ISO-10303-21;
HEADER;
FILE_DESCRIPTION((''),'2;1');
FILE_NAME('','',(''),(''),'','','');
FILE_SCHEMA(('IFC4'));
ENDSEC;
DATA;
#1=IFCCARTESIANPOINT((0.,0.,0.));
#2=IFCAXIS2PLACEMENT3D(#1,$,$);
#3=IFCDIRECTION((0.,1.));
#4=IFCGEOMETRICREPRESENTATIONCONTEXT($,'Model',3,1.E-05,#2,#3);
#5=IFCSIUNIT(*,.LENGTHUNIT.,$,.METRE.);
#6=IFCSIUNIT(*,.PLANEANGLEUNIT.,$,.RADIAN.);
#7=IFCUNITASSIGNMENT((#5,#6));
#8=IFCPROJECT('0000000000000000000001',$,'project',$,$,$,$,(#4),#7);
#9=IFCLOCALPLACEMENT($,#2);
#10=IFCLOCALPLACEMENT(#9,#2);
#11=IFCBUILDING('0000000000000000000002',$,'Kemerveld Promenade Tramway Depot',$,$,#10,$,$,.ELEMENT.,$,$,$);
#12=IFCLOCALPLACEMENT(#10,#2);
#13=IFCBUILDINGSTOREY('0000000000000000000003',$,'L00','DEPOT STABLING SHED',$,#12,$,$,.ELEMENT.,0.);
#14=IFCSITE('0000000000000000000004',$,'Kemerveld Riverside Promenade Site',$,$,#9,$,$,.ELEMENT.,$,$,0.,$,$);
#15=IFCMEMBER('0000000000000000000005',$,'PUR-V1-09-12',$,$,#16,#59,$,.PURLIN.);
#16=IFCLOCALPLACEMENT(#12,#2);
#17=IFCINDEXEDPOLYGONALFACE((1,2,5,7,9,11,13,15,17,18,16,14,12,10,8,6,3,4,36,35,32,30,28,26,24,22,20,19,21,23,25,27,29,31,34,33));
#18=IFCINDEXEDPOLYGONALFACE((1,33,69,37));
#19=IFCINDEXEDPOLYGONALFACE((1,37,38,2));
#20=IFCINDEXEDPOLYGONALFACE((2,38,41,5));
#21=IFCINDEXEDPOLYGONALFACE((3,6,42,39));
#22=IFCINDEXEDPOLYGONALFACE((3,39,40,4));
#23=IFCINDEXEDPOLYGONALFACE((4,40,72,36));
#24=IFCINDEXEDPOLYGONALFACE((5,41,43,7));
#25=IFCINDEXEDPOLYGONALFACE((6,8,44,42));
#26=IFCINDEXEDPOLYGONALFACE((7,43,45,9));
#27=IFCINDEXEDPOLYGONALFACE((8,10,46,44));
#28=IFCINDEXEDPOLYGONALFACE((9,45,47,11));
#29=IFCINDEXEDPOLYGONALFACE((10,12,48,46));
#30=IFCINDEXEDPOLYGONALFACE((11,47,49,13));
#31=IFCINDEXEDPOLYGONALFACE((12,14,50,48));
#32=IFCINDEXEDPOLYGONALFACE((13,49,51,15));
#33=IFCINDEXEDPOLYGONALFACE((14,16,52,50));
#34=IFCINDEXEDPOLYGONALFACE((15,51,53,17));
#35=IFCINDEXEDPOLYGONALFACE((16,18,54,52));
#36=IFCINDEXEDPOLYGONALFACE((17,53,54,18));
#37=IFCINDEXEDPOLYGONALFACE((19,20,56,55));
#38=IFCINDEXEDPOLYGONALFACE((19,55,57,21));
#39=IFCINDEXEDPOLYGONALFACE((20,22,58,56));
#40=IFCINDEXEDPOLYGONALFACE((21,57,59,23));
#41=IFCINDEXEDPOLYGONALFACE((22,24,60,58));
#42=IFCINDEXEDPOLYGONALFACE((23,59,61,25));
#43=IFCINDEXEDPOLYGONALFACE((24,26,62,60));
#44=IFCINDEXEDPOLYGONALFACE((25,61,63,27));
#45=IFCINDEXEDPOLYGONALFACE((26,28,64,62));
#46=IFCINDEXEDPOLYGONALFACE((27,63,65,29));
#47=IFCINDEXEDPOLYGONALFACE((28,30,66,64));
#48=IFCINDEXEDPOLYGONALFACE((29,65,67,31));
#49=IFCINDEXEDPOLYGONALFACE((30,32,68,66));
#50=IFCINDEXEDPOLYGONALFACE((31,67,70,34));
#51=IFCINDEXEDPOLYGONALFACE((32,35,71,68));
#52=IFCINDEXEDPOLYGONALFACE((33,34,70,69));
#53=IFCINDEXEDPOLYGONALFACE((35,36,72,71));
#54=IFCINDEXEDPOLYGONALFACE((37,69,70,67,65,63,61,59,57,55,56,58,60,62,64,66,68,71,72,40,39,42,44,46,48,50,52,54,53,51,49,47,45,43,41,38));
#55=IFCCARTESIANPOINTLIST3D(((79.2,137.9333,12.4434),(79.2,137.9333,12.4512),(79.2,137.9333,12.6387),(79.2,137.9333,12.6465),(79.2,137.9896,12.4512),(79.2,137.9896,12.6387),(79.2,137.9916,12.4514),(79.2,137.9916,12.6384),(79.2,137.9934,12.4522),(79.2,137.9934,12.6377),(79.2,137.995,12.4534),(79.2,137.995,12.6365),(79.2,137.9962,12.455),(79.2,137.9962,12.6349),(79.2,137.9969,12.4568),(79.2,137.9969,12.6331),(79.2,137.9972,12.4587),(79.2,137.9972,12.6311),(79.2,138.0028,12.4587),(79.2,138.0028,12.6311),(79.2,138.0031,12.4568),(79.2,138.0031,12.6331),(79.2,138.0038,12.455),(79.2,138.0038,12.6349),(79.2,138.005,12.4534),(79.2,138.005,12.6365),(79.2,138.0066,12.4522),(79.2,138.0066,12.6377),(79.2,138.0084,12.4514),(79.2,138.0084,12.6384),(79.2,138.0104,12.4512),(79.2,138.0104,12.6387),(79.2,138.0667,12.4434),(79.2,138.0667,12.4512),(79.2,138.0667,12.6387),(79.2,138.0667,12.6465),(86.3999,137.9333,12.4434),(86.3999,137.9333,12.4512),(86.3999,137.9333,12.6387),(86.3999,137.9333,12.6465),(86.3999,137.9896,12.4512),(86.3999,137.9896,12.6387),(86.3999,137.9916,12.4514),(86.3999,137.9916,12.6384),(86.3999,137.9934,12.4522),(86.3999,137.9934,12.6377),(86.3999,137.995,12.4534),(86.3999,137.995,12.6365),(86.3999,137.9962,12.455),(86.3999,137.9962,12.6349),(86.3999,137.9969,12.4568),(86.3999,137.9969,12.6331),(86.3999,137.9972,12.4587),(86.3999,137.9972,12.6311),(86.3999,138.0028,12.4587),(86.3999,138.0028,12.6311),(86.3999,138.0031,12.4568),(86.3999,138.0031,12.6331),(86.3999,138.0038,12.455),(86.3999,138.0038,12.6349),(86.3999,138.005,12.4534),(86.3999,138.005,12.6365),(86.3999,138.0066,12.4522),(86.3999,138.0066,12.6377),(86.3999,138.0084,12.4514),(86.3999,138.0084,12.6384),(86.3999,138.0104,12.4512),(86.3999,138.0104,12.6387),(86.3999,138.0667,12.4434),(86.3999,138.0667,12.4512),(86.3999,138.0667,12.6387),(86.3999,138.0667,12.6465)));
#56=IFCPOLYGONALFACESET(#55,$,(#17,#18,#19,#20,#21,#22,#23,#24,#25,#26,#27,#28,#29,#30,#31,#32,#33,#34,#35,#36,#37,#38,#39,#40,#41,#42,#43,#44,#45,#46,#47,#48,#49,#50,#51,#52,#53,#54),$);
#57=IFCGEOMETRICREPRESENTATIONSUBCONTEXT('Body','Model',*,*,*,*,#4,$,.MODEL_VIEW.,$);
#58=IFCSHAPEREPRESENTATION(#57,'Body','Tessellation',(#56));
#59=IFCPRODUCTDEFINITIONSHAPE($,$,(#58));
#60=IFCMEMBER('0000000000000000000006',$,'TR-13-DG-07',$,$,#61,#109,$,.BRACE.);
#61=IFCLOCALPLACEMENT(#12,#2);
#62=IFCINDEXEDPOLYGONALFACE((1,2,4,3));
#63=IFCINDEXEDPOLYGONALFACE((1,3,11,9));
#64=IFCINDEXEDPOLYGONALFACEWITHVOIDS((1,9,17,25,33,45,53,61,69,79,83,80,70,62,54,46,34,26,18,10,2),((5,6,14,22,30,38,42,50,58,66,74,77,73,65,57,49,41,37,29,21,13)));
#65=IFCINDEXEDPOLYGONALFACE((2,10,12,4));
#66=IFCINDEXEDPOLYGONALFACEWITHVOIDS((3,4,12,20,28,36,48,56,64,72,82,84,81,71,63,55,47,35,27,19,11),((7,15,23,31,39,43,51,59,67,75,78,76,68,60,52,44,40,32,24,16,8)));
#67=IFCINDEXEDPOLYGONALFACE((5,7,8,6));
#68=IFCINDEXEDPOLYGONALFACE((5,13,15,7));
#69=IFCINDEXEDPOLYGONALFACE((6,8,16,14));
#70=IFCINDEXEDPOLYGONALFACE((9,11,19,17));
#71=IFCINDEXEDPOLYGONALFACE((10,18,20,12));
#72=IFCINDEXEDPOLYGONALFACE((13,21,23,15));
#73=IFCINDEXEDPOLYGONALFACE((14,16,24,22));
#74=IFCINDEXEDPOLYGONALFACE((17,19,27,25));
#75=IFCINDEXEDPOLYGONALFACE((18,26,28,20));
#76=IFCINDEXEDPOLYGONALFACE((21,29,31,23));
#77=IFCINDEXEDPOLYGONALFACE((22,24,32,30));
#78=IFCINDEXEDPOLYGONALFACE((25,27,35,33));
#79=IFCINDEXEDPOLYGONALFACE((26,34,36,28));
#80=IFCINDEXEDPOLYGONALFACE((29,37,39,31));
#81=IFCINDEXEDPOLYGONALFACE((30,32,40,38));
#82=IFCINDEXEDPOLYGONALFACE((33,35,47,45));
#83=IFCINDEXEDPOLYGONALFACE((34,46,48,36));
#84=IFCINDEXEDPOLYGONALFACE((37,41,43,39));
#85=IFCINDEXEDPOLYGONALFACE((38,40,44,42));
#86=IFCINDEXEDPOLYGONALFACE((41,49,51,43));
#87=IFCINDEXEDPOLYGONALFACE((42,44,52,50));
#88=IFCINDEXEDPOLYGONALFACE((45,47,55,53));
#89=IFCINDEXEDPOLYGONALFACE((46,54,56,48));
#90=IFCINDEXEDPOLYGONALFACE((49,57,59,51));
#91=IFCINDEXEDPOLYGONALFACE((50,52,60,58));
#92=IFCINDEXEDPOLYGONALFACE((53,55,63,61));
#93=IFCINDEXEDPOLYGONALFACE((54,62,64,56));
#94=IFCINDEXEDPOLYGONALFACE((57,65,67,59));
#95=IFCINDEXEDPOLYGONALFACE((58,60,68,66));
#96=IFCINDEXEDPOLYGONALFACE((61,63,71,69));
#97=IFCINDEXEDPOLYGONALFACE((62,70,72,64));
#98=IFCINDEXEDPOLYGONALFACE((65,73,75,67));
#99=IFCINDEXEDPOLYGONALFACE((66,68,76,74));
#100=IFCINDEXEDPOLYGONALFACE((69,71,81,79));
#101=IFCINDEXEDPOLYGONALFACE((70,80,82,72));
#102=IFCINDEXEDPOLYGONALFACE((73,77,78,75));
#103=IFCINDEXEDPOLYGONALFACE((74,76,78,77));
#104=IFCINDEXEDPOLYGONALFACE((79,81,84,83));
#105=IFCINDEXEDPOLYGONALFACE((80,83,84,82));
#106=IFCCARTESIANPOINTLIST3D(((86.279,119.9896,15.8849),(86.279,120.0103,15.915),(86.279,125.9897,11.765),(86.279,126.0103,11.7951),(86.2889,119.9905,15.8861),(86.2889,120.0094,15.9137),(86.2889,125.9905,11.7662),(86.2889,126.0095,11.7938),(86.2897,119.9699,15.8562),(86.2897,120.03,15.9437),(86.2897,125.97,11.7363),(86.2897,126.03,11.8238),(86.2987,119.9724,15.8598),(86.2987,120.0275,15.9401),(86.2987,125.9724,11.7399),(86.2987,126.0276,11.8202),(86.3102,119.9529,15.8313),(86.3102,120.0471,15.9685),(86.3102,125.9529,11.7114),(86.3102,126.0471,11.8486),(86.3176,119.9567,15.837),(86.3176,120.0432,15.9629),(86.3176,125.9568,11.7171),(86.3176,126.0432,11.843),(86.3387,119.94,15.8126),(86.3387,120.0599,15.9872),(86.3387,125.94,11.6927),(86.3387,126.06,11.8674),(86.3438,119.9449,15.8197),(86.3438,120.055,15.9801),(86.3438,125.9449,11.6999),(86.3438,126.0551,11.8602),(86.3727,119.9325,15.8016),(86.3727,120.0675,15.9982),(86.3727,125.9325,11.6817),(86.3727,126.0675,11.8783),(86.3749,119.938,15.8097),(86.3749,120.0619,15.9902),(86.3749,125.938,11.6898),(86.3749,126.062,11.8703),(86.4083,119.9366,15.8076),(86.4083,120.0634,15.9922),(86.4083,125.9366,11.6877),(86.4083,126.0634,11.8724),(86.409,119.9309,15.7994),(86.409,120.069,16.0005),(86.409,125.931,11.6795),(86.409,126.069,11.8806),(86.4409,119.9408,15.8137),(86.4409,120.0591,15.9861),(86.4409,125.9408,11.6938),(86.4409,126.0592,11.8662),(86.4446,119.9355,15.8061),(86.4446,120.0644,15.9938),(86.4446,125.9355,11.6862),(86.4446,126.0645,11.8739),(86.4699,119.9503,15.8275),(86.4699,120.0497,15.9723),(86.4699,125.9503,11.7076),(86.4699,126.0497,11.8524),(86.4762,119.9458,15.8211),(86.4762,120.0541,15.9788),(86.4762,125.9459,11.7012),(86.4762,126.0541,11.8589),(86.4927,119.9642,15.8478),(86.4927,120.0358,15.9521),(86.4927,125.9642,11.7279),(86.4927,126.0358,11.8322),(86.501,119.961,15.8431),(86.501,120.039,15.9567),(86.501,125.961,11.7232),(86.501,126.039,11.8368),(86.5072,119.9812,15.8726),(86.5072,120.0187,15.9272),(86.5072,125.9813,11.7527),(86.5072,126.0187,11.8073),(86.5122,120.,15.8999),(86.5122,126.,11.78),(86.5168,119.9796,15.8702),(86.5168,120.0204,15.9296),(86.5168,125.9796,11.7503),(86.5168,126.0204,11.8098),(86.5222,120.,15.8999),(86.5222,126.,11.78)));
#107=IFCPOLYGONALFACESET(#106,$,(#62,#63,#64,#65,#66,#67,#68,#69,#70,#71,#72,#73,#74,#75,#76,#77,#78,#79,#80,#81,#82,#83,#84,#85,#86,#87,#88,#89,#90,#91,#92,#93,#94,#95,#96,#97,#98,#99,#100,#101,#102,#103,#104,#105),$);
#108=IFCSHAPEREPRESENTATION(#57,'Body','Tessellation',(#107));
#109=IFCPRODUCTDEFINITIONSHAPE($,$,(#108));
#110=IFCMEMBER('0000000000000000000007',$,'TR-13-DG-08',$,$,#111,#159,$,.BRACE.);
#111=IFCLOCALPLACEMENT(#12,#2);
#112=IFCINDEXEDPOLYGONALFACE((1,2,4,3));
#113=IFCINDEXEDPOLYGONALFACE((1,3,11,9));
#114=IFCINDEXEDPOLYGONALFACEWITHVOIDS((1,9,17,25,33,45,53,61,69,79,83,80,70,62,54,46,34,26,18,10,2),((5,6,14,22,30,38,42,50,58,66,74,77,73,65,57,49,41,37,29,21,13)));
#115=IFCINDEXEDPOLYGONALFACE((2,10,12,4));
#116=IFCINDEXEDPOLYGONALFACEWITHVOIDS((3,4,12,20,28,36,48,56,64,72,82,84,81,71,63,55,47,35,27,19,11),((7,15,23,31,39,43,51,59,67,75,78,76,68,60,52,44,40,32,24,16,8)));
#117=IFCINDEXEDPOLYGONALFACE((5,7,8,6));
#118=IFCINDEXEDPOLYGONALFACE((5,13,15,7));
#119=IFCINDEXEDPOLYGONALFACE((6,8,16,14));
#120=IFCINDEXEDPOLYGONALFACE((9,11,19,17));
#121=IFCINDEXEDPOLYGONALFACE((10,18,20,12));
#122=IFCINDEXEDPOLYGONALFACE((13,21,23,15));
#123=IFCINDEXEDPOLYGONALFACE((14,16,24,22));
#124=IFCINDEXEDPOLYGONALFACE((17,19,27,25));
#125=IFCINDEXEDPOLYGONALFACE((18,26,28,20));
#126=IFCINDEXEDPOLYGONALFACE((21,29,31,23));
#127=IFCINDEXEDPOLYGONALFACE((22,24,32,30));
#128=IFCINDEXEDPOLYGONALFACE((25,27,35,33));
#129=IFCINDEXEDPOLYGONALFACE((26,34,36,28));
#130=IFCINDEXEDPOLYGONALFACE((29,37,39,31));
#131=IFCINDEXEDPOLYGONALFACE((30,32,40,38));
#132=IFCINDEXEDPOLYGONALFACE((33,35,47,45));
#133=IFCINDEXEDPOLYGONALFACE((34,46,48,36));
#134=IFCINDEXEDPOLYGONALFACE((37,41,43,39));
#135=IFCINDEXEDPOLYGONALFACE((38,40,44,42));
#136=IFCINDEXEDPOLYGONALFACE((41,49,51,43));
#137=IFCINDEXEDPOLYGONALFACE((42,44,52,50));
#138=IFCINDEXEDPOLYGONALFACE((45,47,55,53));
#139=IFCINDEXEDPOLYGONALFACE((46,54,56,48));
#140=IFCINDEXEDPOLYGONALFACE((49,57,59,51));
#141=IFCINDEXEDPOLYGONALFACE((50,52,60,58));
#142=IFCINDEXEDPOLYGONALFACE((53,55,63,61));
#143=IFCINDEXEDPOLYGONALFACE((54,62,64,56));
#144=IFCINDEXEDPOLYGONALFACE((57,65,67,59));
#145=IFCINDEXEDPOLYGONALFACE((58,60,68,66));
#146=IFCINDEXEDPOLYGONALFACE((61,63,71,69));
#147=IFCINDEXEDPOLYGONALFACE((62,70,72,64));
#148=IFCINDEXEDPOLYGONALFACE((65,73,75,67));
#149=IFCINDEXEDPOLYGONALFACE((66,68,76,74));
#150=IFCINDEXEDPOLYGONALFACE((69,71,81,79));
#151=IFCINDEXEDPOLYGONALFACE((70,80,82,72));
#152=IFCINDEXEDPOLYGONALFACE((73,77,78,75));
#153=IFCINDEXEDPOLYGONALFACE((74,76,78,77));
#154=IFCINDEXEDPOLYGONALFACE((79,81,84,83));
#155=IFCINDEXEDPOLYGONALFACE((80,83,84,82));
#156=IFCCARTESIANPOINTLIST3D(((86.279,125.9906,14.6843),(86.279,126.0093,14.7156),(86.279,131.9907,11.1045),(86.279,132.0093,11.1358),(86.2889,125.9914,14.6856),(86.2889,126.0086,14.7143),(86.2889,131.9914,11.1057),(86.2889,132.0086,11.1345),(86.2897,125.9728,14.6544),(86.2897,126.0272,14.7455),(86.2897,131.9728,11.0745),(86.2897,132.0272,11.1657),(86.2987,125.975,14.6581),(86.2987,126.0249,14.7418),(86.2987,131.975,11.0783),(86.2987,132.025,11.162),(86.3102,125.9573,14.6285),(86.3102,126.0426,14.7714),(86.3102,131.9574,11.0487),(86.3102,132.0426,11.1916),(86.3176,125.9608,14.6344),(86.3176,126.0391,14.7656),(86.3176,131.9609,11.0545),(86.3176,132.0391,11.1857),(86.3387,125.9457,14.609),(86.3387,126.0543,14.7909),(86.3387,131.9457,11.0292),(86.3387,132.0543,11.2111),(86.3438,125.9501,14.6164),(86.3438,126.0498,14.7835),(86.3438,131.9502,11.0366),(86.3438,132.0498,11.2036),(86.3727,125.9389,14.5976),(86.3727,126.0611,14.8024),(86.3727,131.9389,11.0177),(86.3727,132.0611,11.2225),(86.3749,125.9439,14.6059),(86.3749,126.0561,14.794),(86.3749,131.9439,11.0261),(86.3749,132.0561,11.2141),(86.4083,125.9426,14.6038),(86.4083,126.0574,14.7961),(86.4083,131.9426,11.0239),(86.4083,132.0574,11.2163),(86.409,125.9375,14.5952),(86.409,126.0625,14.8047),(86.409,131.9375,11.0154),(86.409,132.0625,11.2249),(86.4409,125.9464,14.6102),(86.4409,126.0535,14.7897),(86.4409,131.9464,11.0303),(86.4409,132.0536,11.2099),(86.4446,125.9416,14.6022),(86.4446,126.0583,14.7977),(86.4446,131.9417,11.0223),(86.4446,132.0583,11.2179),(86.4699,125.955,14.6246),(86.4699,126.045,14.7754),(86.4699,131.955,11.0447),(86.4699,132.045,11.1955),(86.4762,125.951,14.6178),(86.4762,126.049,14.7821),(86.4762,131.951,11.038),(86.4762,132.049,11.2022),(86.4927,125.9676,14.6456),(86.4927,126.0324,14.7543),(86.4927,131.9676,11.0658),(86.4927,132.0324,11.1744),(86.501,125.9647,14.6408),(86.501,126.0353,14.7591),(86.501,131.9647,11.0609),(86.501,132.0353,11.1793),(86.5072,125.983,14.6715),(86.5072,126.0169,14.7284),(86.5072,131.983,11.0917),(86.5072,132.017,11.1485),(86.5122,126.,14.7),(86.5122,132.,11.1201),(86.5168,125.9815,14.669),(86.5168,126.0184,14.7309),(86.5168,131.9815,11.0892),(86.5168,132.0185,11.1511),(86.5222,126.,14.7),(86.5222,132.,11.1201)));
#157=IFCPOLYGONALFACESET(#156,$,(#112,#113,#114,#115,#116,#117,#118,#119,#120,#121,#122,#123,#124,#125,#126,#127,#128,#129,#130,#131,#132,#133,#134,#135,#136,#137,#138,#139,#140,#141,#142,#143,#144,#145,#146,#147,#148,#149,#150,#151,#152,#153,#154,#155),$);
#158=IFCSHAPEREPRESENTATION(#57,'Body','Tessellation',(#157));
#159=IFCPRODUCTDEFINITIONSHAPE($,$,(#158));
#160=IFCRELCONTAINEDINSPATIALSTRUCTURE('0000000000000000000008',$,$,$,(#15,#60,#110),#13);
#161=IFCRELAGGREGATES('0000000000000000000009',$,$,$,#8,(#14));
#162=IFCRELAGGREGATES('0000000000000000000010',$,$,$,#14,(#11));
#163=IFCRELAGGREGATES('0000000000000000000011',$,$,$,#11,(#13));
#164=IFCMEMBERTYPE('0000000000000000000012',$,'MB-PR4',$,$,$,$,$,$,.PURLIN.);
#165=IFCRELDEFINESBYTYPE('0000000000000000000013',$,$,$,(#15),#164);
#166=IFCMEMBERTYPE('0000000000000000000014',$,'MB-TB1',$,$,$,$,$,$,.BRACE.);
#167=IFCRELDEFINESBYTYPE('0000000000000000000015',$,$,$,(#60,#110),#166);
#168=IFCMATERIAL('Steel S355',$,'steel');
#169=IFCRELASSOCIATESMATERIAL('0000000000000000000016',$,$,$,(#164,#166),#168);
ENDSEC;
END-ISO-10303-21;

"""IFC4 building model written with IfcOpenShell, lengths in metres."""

from ifc_helpers import new_model, si_unit, direction, frame, origin, origin_2d, place, context, subcontext, project, spatial, hollow_circle, i_section, extrude, material, material_profile, profile_set, type_object, element, save


model = new_model("IFC4")

# Units and contexts
model_context = context("Model", 3, precision=1e-05, world=origin(), true_north=direction((0.0, 1.0)))
body_context = subcontext(model_context, "Body", "Model", "MODEL_VIEW")
ifc_project = project(units=[si_unit("LENGTHUNIT", "METRE"), si_unit("PLANEANGLEUNIT", "RADIAN")], contexts=[model_context])

# Site, building, storey
site_placement = place(None, origin())
site = spatial("IfcSite", under=ifc_project, at=site_placement, Name="Kemerveld Riverside Promenade Site", CompositionType="ELEMENT", RefElevation=0.0)
building_placement = place(site_placement, origin())
building = spatial("IfcBuilding", under=site, at=building_placement, Name="Kemerveld Promenade Tramway Depot", CompositionType="ELEMENT")
storey_placement = place(building_placement, origin())
storey = spatial("IfcBuildingStorey", under=building, at=storey_placement, Name="L00", Description="DEPOT STABLING SHED", CompositionType="ELEMENT", Elevation=0.0)

# Members
ifc_material_1 = material(Name="Steel S355", Category="steel")
ifc_material_profile_1 = material_profile(ifc_material_1, i_section(OverallWidth=0.1333, OverallDepth=0.2031, WebThickness=0.0056, FlangeThickness=0.0078, FilletRadius=0.0076, at=origin_2d()), Name="203x133x25 UB")
ifc_profile_set_1 = profile_set([ifc_material_profile_1], Name="Steel S355")
member_type_1 = type_object("IfcMemberType", Name="MB-PR4", PredefinedType="PURLIN", material=ifc_profile_set_1)
member_1_placement = place(storey_placement, frame((79.2, 138.0, 12.5449), z_axis=(1.0, 0.0, 0.0), x_axis=(0.0, 1.0, 0.0)))
element("IfcMember", 1, at=member_1_placement, inside=storey, type_object=member_type_1, Name="PUR-V1-09-12", PredefinedType="PURLIN", context=body_context, shape_type="SweptSolid", body=[
    extrude(i_section(OverallWidth=0.1333, OverallDepth=0.2031, WebThickness=0.0056, FlangeThickness=0.0078, FilletRadius=0.0076, at=origin_2d()), origin(), (0.0, 0.0, 1.0), 7.2),
])
ifc_material_profile_2 = material_profile(ifc_material_1, hollow_circle(Radius=0.1223, WallThickness=0.01, at=origin_2d()), Name="244.5x10.0 CHS")
ifc_profile_set_2 = profile_set([ifc_material_profile_2], Name="Steel S355")
member_type_2 = type_object("IfcMemberType", Name="MB-TB1", PredefinedType="BRACE", material=ifc_profile_set_2)
member_2_placement = place(storey_placement, frame((86.3999, 126.0, 11.78), z_axis=(0.0, -0.824371, 0.56605), x_axis=(1.0, 0.0, 0.0)))
element("IfcMember", 2, at=member_2_placement, inside=storey, type_object=member_type_2, Name="TR-13-DG-07", PredefinedType="BRACE", context=body_context, shape_type="SweptSolid", body=[
    extrude(hollow_circle(Radius=0.1223, WallThickness=0.01, at=origin_2d()), origin(), (0.0, 0.0, 1.0), 7.2783),
])
member_3_placement = place(storey_placement, frame((86.3999, 132.0, 11.1201), z_axis=(0.0, -0.858764, 0.512372), x_axis=(1.0, 0.0, 0.0)))
element("IfcMember", 3, at=member_3_placement, inside=storey, type_object=member_type_2, Name="TR-13-DG-08", PredefinedType="BRACE", context=body_context, shape_type="SweptSolid", body=[
    extrude(hollow_circle(Radius=0.1223, WallThickness=0.01, at=origin_2d()), origin(), (0.0, 0.0, 1.0), 6.9868),
])

save(model, "model.ifc")
